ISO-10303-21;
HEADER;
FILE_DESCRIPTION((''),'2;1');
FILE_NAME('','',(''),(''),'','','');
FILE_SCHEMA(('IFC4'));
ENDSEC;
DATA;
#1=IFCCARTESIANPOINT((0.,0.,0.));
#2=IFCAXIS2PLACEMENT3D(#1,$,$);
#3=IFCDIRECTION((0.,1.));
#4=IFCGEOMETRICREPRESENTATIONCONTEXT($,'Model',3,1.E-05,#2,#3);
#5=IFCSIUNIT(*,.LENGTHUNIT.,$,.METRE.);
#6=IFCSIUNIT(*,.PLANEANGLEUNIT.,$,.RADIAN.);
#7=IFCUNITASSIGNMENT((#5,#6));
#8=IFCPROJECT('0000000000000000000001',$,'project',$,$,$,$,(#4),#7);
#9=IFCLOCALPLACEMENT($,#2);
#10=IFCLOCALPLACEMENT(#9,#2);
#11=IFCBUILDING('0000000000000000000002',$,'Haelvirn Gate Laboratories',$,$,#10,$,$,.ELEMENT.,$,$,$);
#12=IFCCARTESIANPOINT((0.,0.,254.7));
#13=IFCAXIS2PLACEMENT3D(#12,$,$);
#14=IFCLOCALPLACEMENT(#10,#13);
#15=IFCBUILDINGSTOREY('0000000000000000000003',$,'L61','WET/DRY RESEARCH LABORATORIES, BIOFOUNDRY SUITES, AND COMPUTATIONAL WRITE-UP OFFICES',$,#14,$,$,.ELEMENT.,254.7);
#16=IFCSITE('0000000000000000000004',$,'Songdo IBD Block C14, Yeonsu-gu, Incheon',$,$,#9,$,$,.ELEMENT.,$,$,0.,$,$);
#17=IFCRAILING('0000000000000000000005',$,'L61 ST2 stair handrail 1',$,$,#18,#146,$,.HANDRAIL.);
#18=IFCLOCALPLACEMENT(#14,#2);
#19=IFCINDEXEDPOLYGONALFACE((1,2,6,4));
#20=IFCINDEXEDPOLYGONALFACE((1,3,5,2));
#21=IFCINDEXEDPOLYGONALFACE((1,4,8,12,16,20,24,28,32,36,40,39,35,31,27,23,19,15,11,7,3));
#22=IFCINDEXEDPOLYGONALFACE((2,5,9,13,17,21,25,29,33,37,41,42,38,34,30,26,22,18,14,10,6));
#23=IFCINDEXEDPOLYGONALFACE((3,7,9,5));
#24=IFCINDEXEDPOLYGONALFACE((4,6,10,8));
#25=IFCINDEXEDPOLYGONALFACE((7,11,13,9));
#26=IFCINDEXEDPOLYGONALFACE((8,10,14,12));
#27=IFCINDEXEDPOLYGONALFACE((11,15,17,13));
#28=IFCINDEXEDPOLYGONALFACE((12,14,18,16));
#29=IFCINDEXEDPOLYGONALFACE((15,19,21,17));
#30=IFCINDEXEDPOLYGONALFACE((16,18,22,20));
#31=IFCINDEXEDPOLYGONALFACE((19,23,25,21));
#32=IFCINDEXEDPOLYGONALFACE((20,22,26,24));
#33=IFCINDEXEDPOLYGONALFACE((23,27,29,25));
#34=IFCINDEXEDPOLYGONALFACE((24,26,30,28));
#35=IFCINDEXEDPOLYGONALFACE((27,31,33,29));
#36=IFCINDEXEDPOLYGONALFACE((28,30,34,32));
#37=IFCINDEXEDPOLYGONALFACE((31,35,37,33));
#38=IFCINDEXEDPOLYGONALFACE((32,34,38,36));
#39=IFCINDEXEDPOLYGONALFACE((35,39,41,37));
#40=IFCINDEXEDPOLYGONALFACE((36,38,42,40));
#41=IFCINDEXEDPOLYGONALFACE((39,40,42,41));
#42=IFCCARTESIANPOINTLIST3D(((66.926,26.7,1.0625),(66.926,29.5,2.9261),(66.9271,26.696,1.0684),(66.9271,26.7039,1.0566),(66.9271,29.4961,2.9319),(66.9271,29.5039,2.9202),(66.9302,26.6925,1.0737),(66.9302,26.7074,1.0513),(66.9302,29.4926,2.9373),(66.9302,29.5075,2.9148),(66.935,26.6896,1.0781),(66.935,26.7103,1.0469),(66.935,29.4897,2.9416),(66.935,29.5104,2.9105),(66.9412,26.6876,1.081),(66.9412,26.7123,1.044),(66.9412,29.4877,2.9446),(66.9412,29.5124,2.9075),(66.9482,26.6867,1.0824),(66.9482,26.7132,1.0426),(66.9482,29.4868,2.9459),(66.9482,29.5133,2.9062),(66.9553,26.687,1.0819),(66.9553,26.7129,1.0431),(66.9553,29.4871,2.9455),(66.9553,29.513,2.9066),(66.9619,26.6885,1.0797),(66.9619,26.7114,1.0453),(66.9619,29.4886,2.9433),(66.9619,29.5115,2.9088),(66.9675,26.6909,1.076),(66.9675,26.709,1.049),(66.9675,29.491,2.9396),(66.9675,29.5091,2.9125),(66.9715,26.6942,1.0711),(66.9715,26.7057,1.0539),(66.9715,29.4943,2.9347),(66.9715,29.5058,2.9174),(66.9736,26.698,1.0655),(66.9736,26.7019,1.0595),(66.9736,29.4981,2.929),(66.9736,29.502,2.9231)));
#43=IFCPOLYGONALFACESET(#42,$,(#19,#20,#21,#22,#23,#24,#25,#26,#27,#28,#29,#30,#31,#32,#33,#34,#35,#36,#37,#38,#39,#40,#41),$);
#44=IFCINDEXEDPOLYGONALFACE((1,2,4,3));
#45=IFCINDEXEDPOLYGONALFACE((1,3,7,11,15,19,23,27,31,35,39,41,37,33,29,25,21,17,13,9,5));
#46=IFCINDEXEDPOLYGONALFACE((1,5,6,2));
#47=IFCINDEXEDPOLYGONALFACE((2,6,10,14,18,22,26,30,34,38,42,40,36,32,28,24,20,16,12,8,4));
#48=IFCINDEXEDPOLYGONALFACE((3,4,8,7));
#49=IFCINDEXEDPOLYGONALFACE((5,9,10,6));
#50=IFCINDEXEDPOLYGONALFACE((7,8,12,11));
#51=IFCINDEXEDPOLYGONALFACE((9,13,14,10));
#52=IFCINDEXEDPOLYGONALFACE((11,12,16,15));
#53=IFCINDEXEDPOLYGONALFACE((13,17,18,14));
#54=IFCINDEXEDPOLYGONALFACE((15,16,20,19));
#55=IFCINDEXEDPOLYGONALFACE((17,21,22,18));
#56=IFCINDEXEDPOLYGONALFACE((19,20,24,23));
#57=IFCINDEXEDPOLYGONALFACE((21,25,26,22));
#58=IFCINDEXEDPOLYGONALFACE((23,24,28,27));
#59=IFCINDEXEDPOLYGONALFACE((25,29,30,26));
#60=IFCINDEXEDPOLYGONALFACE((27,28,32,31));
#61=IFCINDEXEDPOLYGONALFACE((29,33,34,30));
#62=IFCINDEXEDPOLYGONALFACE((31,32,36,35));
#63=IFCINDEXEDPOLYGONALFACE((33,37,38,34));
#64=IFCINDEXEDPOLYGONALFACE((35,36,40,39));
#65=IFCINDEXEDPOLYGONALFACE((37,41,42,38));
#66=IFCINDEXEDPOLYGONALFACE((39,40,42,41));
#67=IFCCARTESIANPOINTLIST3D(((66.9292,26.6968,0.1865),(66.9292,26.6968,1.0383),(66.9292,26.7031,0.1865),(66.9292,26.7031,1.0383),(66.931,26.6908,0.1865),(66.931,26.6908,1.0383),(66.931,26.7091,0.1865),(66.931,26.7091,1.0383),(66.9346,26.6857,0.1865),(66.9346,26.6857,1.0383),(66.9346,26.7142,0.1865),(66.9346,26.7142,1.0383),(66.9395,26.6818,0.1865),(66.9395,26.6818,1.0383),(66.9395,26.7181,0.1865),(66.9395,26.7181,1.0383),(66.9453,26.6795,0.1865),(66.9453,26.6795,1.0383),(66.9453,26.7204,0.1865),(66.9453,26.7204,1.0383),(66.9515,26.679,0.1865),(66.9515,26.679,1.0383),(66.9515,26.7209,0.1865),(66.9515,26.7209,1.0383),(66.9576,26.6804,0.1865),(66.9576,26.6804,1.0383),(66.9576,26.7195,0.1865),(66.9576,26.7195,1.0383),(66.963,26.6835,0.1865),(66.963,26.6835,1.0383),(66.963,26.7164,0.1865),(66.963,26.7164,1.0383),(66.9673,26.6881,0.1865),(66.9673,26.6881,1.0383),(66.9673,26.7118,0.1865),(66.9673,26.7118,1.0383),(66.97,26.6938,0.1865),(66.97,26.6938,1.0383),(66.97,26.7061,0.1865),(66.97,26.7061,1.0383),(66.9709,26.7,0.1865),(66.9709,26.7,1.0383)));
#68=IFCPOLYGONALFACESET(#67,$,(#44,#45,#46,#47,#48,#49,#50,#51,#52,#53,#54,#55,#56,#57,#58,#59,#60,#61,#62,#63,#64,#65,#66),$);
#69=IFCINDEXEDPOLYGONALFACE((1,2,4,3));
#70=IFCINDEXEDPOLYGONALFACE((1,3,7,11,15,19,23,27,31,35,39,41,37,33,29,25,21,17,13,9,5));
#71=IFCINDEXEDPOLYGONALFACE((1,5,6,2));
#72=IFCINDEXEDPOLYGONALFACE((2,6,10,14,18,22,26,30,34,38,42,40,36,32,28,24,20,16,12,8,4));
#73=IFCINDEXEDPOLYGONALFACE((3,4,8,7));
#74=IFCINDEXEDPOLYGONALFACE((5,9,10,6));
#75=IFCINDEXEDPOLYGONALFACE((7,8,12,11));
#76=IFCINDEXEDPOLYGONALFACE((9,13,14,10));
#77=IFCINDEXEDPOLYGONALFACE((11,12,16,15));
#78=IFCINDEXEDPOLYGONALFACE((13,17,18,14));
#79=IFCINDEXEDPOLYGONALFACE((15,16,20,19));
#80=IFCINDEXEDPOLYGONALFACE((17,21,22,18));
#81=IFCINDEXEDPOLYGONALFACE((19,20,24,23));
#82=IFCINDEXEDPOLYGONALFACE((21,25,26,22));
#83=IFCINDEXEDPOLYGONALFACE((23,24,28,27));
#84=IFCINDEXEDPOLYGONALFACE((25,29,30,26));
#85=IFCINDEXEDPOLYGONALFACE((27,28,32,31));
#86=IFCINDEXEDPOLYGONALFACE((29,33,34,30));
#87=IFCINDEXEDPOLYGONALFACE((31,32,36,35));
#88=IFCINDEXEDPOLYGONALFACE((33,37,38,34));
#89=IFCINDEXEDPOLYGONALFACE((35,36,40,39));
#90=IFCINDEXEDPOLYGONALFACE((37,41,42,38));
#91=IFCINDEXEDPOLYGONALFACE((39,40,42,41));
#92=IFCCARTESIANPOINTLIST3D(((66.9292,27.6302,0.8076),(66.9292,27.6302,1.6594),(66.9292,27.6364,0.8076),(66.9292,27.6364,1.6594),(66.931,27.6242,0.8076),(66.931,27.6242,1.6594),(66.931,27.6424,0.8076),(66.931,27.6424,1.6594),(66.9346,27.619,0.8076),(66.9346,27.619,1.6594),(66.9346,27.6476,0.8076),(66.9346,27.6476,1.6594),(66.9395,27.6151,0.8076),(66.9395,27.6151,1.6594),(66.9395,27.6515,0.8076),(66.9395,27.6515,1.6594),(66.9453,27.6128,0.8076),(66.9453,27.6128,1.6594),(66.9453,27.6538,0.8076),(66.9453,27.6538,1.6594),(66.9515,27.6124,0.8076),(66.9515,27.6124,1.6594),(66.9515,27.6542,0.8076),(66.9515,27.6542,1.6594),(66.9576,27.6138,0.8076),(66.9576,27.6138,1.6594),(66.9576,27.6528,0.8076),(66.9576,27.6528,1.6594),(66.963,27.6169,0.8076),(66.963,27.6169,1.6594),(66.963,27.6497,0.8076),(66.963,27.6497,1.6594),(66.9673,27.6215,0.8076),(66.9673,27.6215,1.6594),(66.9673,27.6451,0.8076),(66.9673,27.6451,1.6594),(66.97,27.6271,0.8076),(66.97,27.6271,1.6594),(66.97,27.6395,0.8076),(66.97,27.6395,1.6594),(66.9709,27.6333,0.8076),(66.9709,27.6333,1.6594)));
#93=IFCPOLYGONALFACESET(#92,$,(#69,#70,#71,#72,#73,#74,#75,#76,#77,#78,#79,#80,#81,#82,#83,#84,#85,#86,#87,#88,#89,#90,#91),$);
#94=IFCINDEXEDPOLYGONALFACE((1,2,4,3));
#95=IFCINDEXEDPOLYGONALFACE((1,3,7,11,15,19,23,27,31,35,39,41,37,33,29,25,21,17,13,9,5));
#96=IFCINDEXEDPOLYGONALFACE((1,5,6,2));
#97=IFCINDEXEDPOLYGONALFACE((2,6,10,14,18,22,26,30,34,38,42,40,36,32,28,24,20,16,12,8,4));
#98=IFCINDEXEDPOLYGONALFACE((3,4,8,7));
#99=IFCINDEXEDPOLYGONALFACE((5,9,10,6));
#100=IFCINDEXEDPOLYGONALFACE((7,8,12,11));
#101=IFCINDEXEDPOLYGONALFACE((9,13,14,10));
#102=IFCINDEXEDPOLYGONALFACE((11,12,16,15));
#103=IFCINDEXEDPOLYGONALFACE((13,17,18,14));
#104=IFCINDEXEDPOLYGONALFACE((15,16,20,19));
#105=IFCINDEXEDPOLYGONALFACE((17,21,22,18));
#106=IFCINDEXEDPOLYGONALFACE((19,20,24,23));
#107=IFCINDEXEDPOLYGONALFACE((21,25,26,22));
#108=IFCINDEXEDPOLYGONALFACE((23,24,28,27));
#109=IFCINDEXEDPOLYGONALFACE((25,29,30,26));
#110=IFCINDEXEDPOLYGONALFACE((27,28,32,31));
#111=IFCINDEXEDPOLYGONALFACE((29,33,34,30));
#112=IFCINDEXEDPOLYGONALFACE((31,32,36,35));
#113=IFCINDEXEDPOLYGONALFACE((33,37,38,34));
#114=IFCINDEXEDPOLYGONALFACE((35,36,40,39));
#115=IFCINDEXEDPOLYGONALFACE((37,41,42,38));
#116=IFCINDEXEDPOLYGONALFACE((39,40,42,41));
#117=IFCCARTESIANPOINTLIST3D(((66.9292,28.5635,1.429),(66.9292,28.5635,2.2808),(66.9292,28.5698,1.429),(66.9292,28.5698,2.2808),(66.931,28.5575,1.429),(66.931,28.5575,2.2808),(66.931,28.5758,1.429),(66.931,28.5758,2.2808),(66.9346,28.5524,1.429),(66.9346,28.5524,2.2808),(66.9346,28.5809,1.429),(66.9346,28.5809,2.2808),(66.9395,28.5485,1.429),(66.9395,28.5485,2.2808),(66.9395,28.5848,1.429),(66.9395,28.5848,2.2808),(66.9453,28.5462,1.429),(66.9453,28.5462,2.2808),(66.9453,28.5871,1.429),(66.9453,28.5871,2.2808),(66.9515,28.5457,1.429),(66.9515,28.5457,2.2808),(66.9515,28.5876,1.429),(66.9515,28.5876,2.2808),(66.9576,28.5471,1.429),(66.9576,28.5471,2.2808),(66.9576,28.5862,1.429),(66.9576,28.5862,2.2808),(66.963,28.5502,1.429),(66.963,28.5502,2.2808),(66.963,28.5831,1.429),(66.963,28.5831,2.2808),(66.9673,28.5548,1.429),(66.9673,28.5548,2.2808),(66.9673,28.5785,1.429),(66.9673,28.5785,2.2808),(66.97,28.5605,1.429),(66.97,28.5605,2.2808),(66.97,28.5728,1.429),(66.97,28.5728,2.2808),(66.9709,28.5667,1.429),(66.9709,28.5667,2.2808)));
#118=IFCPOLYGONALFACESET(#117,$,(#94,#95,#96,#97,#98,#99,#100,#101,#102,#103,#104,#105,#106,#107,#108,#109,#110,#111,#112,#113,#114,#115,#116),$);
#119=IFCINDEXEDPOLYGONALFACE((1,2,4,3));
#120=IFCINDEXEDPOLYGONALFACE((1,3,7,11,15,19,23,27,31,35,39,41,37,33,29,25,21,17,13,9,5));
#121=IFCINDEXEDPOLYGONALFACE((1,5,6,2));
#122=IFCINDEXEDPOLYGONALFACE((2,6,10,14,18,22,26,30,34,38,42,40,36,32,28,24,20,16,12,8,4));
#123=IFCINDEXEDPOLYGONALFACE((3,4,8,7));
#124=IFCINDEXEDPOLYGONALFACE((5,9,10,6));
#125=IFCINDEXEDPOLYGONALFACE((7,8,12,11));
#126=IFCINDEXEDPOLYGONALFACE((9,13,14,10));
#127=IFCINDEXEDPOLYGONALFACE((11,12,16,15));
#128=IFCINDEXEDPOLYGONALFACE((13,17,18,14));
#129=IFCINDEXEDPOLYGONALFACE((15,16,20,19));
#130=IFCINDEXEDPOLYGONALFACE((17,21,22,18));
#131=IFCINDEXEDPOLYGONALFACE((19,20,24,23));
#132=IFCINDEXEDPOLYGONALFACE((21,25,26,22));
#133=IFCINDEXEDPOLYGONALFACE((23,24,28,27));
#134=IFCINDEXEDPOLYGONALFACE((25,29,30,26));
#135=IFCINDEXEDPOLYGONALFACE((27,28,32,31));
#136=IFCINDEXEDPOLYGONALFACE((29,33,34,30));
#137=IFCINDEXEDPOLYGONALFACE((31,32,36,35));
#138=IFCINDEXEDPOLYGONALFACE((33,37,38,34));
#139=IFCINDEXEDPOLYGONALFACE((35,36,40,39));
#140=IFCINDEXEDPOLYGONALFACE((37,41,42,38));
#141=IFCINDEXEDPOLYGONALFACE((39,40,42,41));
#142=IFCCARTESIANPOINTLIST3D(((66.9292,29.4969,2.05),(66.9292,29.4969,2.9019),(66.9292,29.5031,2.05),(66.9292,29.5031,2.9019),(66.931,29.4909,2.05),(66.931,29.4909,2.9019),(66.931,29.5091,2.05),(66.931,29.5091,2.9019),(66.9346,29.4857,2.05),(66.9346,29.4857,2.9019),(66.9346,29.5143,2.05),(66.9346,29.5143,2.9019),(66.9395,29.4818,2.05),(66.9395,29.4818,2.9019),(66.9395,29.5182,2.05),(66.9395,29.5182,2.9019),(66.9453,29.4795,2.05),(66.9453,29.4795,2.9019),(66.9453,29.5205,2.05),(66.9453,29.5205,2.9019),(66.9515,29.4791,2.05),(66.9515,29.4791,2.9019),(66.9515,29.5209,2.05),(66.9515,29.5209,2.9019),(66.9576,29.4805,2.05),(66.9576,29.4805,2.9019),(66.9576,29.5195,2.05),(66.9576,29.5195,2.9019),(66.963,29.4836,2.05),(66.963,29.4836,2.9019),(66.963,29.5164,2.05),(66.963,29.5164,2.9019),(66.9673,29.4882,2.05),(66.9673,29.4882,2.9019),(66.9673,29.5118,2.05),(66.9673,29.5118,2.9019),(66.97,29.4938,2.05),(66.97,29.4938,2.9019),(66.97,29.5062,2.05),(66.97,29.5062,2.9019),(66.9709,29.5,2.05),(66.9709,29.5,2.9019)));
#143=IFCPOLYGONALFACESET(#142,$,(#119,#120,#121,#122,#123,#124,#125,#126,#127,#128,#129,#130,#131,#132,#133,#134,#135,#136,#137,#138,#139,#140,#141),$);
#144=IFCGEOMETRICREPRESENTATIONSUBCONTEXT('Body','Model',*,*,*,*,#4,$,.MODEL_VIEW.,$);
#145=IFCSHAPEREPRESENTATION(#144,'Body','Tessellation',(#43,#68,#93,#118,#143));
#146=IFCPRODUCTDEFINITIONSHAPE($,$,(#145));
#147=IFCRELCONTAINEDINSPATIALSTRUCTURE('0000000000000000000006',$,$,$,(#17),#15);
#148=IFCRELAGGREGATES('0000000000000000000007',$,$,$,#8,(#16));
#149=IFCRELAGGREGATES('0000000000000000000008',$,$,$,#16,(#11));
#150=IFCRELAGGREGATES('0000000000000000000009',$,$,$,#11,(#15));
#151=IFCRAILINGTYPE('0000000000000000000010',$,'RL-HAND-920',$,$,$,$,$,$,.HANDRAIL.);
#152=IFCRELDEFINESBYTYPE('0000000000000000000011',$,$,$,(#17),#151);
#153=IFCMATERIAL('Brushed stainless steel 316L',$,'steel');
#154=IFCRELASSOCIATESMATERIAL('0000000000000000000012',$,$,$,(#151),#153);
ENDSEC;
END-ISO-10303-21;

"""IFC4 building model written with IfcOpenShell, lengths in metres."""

from ifc_helpers import new_model, si_unit, direction, frame, origin, origin_2d, place, context, subcontext, project, spatial, circle, extrude, source, transform, mapped, material, type_object, element, save


model = new_model("IFC4")

# Units and contexts
model_context = context("Model", 3, precision=1e-05, world=origin(), true_north=direction((0.0, 1.0)))
body_context = subcontext(model_context, "Body", "Model", "MODEL_VIEW")
ifc_project = project(units=[si_unit("LENGTHUNIT", "METRE"), si_unit("PLANEANGLEUNIT", "RADIAN")], contexts=[model_context])

# Site, building, storey
site_placement = place(None, origin())
site = spatial("IfcSite", under=ifc_project, at=site_placement, Name="Songdo IBD Block C14, Yeonsu-gu, Incheon", CompositionType="ELEMENT", RefElevation=0.0)
building_placement = place(site_placement, origin())
building = spatial("IfcBuilding", under=site, at=building_placement, Name="Haelvirn Gate Laboratories", CompositionType="ELEMENT")
storey_placement = place(building_placement, frame((0.0, 0.0, 254.7)))
storey = spatial("IfcBuildingStorey", under=building, at=storey_placement, Name="L61", Description="WET/DRY RESEARCH LABORATORIES, BIOFOUNDRY SUITES, AND COMPUTATIONAL WRITE-UP OFFICES", CompositionType="ELEMENT", Elevation=254.7)

# Railing
ifc_material_1 = material(Name="Brushed stainless steel 316L", Category="steel")
railing_type_1 = type_object("IfcRailingType", Name="RL-HAND-920", PredefinedType="HANDRAIL", material=ifc_material_1)
shared_shape_1 = source(origin(), body_context, "Body", "SweptSolid", [
    extrude(circle(Radius=0.0239, at=origin_2d()), frame((0.0, 0.0, 0.876), z_axis=(0.0, 0.832486, 0.554047), x_axis=(-1.0, 0.0, 0.0)), (0.0, 0.0, 1.0), 3.3635),
    extrude(circle(Radius=0.021, at=origin_2d()), origin(), (0.0, 0.0, 1.0), 0.8518),
    extrude(circle(Radius=0.021, at=origin_2d()), frame((0.0, 0.9333, 0.6211)), (0.0, 0.0, 1.0), 0.8518),
    extrude(circle(Radius=0.021, at=origin_2d()), frame((0.0, 1.8667, 1.2424)), (0.0, 0.0, 1.0), 0.8518),
    extrude(circle(Radius=0.021, at=origin_2d()), frame((0.0, 2.8, 1.8635)), (0.0, 0.0, 1.0), 0.8518),
])
railing_1_placement = place(storey_placement, frame((66.95, 26.7, 0.1865)))
element("IfcRailing", 1, at=railing_1_placement, inside=storey, type_object=railing_type_1, Name="L61 ST2 stair handrail 1", PredefinedType="HANDRAIL", context=body_context, shape_type="MappedRepresentation", body=[
    mapped(shared_shape_1, transform((0.0, 0.0, 0.0), scale=1.0)),
])

save(model, "model.ifc")
